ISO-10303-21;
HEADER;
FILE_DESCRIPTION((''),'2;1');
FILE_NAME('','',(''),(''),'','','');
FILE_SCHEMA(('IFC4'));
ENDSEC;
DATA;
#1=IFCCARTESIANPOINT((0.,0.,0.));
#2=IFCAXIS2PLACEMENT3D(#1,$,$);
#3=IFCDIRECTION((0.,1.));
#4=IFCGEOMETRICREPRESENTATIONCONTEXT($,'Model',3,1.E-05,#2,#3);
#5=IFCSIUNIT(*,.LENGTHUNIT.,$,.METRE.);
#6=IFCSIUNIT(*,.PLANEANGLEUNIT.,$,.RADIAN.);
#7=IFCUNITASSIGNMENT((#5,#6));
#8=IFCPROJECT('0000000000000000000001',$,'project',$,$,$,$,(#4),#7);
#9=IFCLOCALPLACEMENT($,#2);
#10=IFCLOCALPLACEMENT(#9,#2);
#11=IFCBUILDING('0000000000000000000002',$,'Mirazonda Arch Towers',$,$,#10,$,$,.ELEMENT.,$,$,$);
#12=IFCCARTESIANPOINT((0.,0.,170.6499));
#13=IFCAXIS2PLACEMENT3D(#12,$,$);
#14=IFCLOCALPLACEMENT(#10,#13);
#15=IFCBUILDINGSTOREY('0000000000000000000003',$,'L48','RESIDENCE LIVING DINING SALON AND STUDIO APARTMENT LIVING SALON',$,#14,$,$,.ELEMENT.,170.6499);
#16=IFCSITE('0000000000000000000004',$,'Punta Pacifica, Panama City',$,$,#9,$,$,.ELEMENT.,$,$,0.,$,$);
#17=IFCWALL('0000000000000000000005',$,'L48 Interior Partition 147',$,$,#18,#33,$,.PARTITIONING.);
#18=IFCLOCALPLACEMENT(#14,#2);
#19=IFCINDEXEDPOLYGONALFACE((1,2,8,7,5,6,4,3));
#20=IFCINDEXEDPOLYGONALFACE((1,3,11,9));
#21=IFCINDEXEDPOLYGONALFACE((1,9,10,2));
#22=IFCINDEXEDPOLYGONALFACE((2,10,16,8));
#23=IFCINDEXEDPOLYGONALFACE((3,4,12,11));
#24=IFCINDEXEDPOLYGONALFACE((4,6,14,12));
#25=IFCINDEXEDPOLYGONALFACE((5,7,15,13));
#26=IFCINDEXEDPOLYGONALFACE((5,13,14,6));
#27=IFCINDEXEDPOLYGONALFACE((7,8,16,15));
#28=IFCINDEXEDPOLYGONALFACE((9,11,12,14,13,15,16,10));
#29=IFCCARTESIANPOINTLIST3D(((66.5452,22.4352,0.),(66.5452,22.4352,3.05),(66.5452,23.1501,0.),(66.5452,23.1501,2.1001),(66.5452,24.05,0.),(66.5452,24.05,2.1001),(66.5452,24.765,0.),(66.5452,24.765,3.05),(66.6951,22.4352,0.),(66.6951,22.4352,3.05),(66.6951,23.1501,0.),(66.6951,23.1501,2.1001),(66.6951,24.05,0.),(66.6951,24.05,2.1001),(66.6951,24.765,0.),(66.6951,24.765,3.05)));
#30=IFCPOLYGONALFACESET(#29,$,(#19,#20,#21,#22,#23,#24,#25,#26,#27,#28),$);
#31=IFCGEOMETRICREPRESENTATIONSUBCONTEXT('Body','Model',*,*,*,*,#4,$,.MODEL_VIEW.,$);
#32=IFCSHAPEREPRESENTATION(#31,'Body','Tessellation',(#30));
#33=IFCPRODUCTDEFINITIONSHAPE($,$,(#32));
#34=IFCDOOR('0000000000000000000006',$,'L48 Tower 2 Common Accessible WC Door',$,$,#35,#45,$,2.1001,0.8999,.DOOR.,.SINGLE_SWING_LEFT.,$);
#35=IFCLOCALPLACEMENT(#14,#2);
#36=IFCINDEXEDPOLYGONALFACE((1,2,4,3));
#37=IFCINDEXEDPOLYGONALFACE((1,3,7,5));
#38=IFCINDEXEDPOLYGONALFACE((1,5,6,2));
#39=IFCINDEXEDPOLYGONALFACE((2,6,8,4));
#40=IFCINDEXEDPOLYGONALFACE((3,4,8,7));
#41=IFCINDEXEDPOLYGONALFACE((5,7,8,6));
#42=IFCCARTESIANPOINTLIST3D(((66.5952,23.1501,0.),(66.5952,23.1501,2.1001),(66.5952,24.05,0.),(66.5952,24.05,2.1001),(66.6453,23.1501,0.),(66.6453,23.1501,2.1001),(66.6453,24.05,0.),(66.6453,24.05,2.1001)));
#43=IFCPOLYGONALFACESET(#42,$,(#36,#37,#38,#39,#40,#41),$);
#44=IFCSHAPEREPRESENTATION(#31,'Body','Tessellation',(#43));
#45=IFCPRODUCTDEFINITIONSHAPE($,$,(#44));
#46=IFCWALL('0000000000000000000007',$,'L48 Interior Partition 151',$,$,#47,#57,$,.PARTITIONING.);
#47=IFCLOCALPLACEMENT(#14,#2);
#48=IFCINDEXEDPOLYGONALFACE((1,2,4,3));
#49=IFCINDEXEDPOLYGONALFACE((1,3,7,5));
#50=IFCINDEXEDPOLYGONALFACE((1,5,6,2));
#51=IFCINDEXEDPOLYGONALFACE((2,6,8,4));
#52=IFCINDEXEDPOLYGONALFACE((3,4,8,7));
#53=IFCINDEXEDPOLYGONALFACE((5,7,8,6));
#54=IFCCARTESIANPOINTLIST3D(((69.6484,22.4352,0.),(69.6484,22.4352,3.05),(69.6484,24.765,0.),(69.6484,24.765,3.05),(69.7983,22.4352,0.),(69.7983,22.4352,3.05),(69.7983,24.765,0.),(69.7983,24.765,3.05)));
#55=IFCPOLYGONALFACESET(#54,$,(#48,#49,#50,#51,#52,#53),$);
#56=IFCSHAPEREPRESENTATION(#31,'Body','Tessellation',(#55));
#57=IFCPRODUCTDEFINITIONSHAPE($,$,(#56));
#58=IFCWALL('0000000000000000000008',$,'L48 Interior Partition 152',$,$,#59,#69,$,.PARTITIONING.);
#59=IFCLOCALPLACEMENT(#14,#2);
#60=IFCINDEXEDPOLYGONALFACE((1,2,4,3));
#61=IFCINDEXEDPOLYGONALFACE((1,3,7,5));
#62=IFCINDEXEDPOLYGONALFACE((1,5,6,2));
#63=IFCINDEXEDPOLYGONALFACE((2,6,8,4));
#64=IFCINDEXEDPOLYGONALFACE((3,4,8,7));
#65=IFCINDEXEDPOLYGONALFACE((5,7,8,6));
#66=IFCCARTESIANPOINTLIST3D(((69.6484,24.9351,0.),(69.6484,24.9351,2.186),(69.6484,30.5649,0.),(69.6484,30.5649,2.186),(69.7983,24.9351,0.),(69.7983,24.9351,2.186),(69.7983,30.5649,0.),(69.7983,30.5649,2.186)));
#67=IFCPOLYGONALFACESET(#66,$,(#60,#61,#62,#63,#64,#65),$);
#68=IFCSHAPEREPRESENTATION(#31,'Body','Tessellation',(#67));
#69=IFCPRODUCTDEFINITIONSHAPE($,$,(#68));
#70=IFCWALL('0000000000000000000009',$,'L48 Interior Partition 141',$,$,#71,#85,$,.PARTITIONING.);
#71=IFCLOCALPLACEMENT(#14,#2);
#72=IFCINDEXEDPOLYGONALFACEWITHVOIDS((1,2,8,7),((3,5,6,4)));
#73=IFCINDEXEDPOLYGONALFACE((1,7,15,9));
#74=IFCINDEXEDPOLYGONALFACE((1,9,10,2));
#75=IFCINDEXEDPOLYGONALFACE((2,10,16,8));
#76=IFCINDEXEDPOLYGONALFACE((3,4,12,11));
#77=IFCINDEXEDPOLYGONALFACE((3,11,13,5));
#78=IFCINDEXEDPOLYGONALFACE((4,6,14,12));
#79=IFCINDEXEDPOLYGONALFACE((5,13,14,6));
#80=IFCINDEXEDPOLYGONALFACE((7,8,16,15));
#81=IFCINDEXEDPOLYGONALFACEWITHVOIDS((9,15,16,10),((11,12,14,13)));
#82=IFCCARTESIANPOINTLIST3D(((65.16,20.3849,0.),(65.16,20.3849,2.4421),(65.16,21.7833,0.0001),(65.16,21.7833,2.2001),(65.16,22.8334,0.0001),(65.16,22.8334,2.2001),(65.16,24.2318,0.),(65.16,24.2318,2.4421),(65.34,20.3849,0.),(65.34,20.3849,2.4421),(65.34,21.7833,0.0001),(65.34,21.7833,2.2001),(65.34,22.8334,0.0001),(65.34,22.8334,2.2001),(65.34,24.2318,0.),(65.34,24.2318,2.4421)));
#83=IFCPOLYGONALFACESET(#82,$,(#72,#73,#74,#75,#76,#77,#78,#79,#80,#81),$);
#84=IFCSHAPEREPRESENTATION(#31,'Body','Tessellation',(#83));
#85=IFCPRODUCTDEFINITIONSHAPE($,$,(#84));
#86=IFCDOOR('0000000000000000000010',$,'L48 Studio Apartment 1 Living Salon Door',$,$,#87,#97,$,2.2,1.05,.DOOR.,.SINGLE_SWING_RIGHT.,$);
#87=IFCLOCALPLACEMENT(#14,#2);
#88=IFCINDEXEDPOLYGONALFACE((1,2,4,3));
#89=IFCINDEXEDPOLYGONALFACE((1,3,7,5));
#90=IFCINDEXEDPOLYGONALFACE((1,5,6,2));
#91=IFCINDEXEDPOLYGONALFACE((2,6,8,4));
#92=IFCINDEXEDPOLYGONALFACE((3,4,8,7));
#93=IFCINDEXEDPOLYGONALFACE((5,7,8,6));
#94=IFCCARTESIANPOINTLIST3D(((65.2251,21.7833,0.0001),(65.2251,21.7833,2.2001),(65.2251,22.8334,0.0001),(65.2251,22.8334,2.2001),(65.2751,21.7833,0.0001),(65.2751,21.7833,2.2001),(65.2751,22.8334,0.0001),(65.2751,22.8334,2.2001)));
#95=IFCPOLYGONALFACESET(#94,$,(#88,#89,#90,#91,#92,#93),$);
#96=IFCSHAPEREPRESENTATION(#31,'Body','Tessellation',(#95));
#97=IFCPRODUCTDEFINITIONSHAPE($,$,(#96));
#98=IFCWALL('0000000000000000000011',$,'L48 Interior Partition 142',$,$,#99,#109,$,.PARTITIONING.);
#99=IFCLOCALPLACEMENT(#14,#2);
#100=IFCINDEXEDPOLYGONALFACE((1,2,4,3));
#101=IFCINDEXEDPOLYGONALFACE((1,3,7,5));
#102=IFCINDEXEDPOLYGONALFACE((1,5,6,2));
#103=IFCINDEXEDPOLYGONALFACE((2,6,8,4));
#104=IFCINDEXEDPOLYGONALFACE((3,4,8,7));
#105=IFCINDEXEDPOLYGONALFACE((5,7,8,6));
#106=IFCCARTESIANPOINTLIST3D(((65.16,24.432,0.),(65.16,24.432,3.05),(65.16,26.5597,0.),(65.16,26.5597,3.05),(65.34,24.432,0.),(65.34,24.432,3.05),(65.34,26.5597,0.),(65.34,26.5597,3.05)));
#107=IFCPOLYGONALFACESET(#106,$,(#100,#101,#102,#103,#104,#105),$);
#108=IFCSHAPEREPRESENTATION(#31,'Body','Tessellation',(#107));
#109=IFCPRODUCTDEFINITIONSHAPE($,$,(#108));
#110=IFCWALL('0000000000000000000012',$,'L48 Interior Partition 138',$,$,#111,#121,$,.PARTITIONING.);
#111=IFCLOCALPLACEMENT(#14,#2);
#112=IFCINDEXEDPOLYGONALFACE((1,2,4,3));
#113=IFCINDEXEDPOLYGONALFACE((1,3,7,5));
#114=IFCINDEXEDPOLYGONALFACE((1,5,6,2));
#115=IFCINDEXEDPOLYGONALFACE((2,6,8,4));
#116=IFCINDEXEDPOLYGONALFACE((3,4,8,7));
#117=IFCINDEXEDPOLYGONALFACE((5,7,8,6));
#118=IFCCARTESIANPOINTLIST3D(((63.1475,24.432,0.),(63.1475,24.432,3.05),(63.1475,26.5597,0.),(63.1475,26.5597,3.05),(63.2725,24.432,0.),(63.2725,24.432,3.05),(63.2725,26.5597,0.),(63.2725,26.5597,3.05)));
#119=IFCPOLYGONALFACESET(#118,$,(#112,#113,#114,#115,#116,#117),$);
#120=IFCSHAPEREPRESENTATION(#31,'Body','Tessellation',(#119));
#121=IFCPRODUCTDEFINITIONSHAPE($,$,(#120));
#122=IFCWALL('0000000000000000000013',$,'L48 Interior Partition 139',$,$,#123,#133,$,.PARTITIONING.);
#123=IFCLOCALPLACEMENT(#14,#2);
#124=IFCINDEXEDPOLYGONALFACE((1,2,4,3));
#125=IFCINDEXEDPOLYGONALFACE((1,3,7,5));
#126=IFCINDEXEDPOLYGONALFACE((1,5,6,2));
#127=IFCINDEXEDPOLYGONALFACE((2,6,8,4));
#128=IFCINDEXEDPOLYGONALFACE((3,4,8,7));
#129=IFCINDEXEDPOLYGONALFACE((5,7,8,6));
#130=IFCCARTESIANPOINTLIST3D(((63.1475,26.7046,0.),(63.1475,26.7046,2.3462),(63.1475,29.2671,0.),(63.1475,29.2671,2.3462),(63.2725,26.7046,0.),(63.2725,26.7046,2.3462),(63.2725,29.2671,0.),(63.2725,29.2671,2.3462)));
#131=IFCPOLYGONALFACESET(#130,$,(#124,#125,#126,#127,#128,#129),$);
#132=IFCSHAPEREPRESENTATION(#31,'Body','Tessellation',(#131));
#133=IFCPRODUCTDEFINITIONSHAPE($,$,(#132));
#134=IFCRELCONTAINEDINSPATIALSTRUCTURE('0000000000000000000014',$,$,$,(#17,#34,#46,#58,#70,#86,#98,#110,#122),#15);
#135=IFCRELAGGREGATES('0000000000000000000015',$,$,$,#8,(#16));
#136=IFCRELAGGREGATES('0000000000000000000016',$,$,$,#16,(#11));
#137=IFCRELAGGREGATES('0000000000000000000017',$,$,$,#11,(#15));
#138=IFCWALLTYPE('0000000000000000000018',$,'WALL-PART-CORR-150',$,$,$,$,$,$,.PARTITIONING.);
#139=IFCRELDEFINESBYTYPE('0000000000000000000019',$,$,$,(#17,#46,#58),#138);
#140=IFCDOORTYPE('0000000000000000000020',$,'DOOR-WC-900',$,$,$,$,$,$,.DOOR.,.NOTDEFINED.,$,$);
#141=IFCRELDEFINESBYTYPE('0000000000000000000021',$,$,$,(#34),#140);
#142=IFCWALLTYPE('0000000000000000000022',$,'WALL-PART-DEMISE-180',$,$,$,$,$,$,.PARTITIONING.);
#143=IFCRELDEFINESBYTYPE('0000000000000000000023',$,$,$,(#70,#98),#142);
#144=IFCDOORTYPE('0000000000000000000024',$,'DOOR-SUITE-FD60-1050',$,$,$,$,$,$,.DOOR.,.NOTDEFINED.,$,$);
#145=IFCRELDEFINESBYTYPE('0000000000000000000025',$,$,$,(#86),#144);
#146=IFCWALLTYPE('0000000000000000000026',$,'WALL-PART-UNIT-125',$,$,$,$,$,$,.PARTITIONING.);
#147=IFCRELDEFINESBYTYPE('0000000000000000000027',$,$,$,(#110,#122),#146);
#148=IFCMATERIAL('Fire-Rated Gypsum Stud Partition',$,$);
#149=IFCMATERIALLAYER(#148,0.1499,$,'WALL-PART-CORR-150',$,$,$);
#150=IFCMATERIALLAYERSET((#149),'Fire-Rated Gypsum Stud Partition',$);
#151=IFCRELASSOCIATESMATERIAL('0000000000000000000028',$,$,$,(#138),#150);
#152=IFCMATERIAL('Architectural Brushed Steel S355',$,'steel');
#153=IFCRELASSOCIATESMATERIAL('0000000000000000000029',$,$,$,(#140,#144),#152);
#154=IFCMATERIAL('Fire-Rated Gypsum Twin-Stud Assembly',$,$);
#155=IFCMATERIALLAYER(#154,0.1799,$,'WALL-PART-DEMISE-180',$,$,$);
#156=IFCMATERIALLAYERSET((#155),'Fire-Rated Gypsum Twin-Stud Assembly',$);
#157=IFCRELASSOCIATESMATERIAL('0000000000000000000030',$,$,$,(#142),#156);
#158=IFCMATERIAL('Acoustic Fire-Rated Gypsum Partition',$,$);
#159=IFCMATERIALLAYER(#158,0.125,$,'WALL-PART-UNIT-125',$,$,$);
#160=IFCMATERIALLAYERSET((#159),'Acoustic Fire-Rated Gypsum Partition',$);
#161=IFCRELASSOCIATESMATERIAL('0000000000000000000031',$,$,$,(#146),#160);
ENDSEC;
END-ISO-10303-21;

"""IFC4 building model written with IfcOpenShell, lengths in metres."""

from ifc_helpers import new_model, si_unit, direction, frame, frame_2d, origin, place, context, subcontext, project, spatial, rectangle, extrude, material, layer, layer_set, type_object, element, fill, save


model = new_model("IFC4")

# Units and contexts
model_context = context("Model", 3, precision=1e-05, world=origin(), true_north=direction((0.0, 1.0)))
body_context = subcontext(model_context, "Body", "Model", "MODEL_VIEW")
ifc_project = project(units=[si_unit("LENGTHUNIT", "METRE"), si_unit("PLANEANGLEUNIT", "RADIAN")], contexts=[model_context])

# Site, building, storey
site_placement = place(None, origin())
site = spatial("IfcSite", under=ifc_project, at=site_placement, Name="Punta Pacifica, Panama City", CompositionType="ELEMENT", RefElevation=0.0)
building_placement = place(site_placement, origin())
building = spatial("IfcBuilding", under=site, at=building_placement, Name="Mirazonda Arch Towers", CompositionType="ELEMENT")
storey_placement = place(building_placement, frame((0.0, 0.0, 170.6499)))
storey = spatial("IfcBuildingStorey", under=building, at=storey_placement, Name="L48", Description="RESIDENCE LIVING DINING SALON AND STUDIO APARTMENT LIVING SALON", CompositionType="ELEMENT", Elevation=170.6499)

# Shared definitions
ifc_material_1 = material(Name="Architectural Brushed Steel S355", Category="steel")

# Shared definitions
ifc_material_2 = material(Name="Fire-Rated Gypsum Stud Partition")
ifc_layer_1 = layer(ifc_material_2, 0.1499, Name="WALL-PART-CORR-150")
ifc_layer_set_1 = layer_set([ifc_layer_1], Name="Fire-Rated Gypsum Stud Partition")
wall_type_1 = type_object("IfcWallType", Name="WALL-PART-CORR-150", PredefinedType="PARTITIONING", material=ifc_layer_set_1)

# Wall, opening, door
wall_1_placement = place(storey_placement, frame((66.6201, 22.4351, 0.0), z_axis=(0.0, 0.0, 1.0), x_axis=(0.0, 1.0, 0.0)))
wall_1 = element("IfcWall", 1, at=wall_1_placement, inside=storey, type_object=wall_type_1, Name="L48 Interior Partition 147", PredefinedType="PARTITIONING", context=body_context, shape_type="SweptSolid", body=[
    extrude(rectangle(XDim=2.3298, YDim=0.1499, at=frame_2d((1.165, 0.0))), origin(), (0.0, 0.0, 1.0), 3.05),
])
opening_1_placement = place(wall_1_placement, frame((0.7151, 0.0, 0.0)))
opening_1 = element("IfcOpeningElement", 2, at=opening_1_placement, cuts=wall_1, PredefinedType="OPENING", context=body_context, shape_type="SweptSolid", body=[
    extrude(rectangle(XDim=0.8999, YDim=2.1001, at=frame_2d((0.45, 1.05))), frame((0.0, 0.085, 0.0), z_axis=(0.0, -1.0, 0.0), x_axis=(1.0, 0.0, 0.0)), (0.0, 0.0, 1.0), 0.1699),
])
door_type_1 = type_object("IfcDoorType", Name="DOOR-WC-900", OperationType="NOTDEFINED", PredefinedType="DOOR", material=ifc_material_1)
door_1_placement = place(opening_1_placement, origin())
door_1 = element("IfcDoor", 3, at=door_1_placement, inside=storey, type_object=door_type_1, Name="L48 Tower 2 Common Accessible WC Door", OperationType="SINGLE_SWING_LEFT", OverallHeight=2.1001, OverallWidth=0.8999, PredefinedType="DOOR", context=body_context, shape_type="SweptSolid", body=[
    extrude(rectangle(XDim=0.8999, YDim=2.1001, at=frame_2d((0.45, 1.05))), frame((0.0, 0.0249, 0.0), z_axis=(0.0, -1.0, 0.0), x_axis=(1.0, 0.0, 0.0)), (0.0, 0.0, 1.0), 0.05),
])
fill(opening_1, door_1)

# Walls
wall_2_placement = place(storey_placement, frame((69.7234, 22.4351, 0.0), z_axis=(0.0, 0.0, 1.0), x_axis=(0.0, 1.0, 0.0)))
element("IfcWall", 4, at=wall_2_placement, inside=storey, type_object=wall_type_1, Name="L48 Interior Partition 151", PredefinedType="PARTITIONING", context=body_context, shape_type="SweptSolid", body=[
    extrude(rectangle(XDim=2.3298, YDim=0.1499, at=frame_2d((1.165, 0.0))), origin(), (0.0, 0.0, 1.0), 3.05),
])
wall_3_placement = place(storey_placement, frame((69.7234, 24.9351, 0.0), z_axis=(0.0, 0.0, 1.0), x_axis=(0.0, 1.0, 0.0)))
element("IfcWall", 5, at=wall_3_placement, inside=storey, type_object=wall_type_1, Name="L48 Interior Partition 152", PredefinedType="PARTITIONING", context=body_context, shape_type="SweptSolid", body=[
    extrude(rectangle(XDim=5.6299, YDim=0.1499, at=frame_2d((2.8149, 0.0))), origin(), (0.0, 0.0, 1.0), 2.186),
])

# Wall, opening, door
ifc_material_3 = material(Name="Fire-Rated Gypsum Twin-Stud Assembly")
ifc_layer_2 = layer(ifc_material_3, 0.1799, Name="WALL-PART-DEMISE-180")
ifc_layer_set_2 = layer_set([ifc_layer_2], Name="Fire-Rated Gypsum Twin-Stud Assembly")
wall_type_2 = type_object("IfcWallType", Name="WALL-PART-DEMISE-180", PredefinedType="PARTITIONING", material=ifc_layer_set_2)
wall_4_placement = place(storey_placement, frame((65.25, 20.385, 0.0), z_axis=(0.0, 0.0, 1.0), x_axis=(0.0, 1.0, 0.0)))
wall_4 = element("IfcWall", 6, at=wall_4_placement, inside=storey, type_object=wall_type_2, Name="L48 Interior Partition 141", PredefinedType="PARTITIONING", context=body_context, shape_type="SweptSolid", body=[
    extrude(rectangle(XDim=3.8469, YDim=0.1799, at=frame_2d((1.9233, 0.0))), origin(), (0.0, 0.0, 1.0), 2.4421),
])
opening_2_placement = place(wall_4_placement, frame((1.3984, 0.0, 0.0)))
opening_2 = element("IfcOpeningElement", 7, at=opening_2_placement, cuts=wall_4, PredefinedType="OPENING", context=body_context, shape_type="SweptSolid", body=[
    extrude(rectangle(XDim=1.05, YDim=2.2, at=frame_2d((0.5249, 1.1001))), frame((0.0, 0.0999, 0.0), z_axis=(0.0, -1.0, 0.0), x_axis=(1.0, 0.0, 0.0)), (0.0, 0.0, 1.0), 0.2),
])
door_type_2 = type_object("IfcDoorType", Name="DOOR-SUITE-FD60-1050", OperationType="NOTDEFINED", PredefinedType="DOOR", material=ifc_material_1)
door_2_placement = place(opening_2_placement, origin())
door_2 = element("IfcDoor", 8, at=door_2_placement, inside=storey, type_object=door_type_2, Name="L48 Studio Apartment 1 Living Salon Door", OperationType="SINGLE_SWING_RIGHT", OverallHeight=2.2, OverallWidth=1.05, PredefinedType="DOOR", context=body_context, shape_type="SweptSolid", body=[
    extrude(rectangle(XDim=1.05, YDim=2.2, at=frame_2d((0.5249, 1.1001))), frame((0.0, 0.0249, 0.0), z_axis=(0.0, -1.0, 0.0), x_axis=(1.0, 0.0, 0.0)), (0.0, 0.0, 1.0), 0.05),
])
fill(opening_2, door_2)

# Walls
wall_5_placement = place(storey_placement, frame((65.25, 24.4319, 0.0), z_axis=(0.0, 0.0, 1.0), x_axis=(0.0, 1.0, 0.0)))
element("IfcWall", 9, at=wall_5_placement, inside=storey, type_object=wall_type_2, Name="L48 Interior Partition 142", PredefinedType="PARTITIONING", context=body_context, shape_type="SweptSolid", body=[
    extrude(rectangle(XDim=2.1277, YDim=0.1799, at=frame_2d((1.064, 0.0))), origin(), (0.0, 0.0, 1.0), 3.05),
])
ifc_material_4 = material(Name="Acoustic Fire-Rated Gypsum Partition")
ifc_layer_3 = layer(ifc_material_4, 0.125, Name="WALL-PART-UNIT-125")
ifc_layer_set_3 = layer_set([ifc_layer_3], Name="Acoustic Fire-Rated Gypsum Partition")
wall_type_3 = type_object("IfcWallType", Name="WALL-PART-UNIT-125", PredefinedType="PARTITIONING", material=ifc_layer_set_3)
wall_6_placement = place(storey_placement, frame((63.21, 24.4319, 0.0), z_axis=(0.0, 0.0, 1.0), x_axis=(0.0, 1.0, 0.0)))
element("IfcWall", 10, at=wall_6_placement, inside=storey, type_object=wall_type_3, Name="L48 Interior Partition 138", PredefinedType="PARTITIONING", context=body_context, shape_type="SweptSolid", body=[
    extrude(rectangle(XDim=2.1277, YDim=0.125, at=frame_2d((1.064, 0.0))), origin(), (0.0, 0.0, 1.0), 3.05),
])
wall_7_placement = place(storey_placement, frame((63.21, 26.7046, 0.0), z_axis=(0.0, 0.0, 1.0), x_axis=(0.0, 1.0, 0.0)))
element("IfcWall", 11, at=wall_7_placement, inside=storey, type_object=wall_type_3, Name="L48 Interior Partition 139", PredefinedType="PARTITIONING", context=body_context, shape_type="SweptSolid", body=[
    extrude(rectangle(XDim=2.5625, YDim=0.125, at=frame_2d((1.2812, 0.0))), origin(), (0.0, 0.0, 1.0), 2.3462),
])

save(model, "model.ifc")
